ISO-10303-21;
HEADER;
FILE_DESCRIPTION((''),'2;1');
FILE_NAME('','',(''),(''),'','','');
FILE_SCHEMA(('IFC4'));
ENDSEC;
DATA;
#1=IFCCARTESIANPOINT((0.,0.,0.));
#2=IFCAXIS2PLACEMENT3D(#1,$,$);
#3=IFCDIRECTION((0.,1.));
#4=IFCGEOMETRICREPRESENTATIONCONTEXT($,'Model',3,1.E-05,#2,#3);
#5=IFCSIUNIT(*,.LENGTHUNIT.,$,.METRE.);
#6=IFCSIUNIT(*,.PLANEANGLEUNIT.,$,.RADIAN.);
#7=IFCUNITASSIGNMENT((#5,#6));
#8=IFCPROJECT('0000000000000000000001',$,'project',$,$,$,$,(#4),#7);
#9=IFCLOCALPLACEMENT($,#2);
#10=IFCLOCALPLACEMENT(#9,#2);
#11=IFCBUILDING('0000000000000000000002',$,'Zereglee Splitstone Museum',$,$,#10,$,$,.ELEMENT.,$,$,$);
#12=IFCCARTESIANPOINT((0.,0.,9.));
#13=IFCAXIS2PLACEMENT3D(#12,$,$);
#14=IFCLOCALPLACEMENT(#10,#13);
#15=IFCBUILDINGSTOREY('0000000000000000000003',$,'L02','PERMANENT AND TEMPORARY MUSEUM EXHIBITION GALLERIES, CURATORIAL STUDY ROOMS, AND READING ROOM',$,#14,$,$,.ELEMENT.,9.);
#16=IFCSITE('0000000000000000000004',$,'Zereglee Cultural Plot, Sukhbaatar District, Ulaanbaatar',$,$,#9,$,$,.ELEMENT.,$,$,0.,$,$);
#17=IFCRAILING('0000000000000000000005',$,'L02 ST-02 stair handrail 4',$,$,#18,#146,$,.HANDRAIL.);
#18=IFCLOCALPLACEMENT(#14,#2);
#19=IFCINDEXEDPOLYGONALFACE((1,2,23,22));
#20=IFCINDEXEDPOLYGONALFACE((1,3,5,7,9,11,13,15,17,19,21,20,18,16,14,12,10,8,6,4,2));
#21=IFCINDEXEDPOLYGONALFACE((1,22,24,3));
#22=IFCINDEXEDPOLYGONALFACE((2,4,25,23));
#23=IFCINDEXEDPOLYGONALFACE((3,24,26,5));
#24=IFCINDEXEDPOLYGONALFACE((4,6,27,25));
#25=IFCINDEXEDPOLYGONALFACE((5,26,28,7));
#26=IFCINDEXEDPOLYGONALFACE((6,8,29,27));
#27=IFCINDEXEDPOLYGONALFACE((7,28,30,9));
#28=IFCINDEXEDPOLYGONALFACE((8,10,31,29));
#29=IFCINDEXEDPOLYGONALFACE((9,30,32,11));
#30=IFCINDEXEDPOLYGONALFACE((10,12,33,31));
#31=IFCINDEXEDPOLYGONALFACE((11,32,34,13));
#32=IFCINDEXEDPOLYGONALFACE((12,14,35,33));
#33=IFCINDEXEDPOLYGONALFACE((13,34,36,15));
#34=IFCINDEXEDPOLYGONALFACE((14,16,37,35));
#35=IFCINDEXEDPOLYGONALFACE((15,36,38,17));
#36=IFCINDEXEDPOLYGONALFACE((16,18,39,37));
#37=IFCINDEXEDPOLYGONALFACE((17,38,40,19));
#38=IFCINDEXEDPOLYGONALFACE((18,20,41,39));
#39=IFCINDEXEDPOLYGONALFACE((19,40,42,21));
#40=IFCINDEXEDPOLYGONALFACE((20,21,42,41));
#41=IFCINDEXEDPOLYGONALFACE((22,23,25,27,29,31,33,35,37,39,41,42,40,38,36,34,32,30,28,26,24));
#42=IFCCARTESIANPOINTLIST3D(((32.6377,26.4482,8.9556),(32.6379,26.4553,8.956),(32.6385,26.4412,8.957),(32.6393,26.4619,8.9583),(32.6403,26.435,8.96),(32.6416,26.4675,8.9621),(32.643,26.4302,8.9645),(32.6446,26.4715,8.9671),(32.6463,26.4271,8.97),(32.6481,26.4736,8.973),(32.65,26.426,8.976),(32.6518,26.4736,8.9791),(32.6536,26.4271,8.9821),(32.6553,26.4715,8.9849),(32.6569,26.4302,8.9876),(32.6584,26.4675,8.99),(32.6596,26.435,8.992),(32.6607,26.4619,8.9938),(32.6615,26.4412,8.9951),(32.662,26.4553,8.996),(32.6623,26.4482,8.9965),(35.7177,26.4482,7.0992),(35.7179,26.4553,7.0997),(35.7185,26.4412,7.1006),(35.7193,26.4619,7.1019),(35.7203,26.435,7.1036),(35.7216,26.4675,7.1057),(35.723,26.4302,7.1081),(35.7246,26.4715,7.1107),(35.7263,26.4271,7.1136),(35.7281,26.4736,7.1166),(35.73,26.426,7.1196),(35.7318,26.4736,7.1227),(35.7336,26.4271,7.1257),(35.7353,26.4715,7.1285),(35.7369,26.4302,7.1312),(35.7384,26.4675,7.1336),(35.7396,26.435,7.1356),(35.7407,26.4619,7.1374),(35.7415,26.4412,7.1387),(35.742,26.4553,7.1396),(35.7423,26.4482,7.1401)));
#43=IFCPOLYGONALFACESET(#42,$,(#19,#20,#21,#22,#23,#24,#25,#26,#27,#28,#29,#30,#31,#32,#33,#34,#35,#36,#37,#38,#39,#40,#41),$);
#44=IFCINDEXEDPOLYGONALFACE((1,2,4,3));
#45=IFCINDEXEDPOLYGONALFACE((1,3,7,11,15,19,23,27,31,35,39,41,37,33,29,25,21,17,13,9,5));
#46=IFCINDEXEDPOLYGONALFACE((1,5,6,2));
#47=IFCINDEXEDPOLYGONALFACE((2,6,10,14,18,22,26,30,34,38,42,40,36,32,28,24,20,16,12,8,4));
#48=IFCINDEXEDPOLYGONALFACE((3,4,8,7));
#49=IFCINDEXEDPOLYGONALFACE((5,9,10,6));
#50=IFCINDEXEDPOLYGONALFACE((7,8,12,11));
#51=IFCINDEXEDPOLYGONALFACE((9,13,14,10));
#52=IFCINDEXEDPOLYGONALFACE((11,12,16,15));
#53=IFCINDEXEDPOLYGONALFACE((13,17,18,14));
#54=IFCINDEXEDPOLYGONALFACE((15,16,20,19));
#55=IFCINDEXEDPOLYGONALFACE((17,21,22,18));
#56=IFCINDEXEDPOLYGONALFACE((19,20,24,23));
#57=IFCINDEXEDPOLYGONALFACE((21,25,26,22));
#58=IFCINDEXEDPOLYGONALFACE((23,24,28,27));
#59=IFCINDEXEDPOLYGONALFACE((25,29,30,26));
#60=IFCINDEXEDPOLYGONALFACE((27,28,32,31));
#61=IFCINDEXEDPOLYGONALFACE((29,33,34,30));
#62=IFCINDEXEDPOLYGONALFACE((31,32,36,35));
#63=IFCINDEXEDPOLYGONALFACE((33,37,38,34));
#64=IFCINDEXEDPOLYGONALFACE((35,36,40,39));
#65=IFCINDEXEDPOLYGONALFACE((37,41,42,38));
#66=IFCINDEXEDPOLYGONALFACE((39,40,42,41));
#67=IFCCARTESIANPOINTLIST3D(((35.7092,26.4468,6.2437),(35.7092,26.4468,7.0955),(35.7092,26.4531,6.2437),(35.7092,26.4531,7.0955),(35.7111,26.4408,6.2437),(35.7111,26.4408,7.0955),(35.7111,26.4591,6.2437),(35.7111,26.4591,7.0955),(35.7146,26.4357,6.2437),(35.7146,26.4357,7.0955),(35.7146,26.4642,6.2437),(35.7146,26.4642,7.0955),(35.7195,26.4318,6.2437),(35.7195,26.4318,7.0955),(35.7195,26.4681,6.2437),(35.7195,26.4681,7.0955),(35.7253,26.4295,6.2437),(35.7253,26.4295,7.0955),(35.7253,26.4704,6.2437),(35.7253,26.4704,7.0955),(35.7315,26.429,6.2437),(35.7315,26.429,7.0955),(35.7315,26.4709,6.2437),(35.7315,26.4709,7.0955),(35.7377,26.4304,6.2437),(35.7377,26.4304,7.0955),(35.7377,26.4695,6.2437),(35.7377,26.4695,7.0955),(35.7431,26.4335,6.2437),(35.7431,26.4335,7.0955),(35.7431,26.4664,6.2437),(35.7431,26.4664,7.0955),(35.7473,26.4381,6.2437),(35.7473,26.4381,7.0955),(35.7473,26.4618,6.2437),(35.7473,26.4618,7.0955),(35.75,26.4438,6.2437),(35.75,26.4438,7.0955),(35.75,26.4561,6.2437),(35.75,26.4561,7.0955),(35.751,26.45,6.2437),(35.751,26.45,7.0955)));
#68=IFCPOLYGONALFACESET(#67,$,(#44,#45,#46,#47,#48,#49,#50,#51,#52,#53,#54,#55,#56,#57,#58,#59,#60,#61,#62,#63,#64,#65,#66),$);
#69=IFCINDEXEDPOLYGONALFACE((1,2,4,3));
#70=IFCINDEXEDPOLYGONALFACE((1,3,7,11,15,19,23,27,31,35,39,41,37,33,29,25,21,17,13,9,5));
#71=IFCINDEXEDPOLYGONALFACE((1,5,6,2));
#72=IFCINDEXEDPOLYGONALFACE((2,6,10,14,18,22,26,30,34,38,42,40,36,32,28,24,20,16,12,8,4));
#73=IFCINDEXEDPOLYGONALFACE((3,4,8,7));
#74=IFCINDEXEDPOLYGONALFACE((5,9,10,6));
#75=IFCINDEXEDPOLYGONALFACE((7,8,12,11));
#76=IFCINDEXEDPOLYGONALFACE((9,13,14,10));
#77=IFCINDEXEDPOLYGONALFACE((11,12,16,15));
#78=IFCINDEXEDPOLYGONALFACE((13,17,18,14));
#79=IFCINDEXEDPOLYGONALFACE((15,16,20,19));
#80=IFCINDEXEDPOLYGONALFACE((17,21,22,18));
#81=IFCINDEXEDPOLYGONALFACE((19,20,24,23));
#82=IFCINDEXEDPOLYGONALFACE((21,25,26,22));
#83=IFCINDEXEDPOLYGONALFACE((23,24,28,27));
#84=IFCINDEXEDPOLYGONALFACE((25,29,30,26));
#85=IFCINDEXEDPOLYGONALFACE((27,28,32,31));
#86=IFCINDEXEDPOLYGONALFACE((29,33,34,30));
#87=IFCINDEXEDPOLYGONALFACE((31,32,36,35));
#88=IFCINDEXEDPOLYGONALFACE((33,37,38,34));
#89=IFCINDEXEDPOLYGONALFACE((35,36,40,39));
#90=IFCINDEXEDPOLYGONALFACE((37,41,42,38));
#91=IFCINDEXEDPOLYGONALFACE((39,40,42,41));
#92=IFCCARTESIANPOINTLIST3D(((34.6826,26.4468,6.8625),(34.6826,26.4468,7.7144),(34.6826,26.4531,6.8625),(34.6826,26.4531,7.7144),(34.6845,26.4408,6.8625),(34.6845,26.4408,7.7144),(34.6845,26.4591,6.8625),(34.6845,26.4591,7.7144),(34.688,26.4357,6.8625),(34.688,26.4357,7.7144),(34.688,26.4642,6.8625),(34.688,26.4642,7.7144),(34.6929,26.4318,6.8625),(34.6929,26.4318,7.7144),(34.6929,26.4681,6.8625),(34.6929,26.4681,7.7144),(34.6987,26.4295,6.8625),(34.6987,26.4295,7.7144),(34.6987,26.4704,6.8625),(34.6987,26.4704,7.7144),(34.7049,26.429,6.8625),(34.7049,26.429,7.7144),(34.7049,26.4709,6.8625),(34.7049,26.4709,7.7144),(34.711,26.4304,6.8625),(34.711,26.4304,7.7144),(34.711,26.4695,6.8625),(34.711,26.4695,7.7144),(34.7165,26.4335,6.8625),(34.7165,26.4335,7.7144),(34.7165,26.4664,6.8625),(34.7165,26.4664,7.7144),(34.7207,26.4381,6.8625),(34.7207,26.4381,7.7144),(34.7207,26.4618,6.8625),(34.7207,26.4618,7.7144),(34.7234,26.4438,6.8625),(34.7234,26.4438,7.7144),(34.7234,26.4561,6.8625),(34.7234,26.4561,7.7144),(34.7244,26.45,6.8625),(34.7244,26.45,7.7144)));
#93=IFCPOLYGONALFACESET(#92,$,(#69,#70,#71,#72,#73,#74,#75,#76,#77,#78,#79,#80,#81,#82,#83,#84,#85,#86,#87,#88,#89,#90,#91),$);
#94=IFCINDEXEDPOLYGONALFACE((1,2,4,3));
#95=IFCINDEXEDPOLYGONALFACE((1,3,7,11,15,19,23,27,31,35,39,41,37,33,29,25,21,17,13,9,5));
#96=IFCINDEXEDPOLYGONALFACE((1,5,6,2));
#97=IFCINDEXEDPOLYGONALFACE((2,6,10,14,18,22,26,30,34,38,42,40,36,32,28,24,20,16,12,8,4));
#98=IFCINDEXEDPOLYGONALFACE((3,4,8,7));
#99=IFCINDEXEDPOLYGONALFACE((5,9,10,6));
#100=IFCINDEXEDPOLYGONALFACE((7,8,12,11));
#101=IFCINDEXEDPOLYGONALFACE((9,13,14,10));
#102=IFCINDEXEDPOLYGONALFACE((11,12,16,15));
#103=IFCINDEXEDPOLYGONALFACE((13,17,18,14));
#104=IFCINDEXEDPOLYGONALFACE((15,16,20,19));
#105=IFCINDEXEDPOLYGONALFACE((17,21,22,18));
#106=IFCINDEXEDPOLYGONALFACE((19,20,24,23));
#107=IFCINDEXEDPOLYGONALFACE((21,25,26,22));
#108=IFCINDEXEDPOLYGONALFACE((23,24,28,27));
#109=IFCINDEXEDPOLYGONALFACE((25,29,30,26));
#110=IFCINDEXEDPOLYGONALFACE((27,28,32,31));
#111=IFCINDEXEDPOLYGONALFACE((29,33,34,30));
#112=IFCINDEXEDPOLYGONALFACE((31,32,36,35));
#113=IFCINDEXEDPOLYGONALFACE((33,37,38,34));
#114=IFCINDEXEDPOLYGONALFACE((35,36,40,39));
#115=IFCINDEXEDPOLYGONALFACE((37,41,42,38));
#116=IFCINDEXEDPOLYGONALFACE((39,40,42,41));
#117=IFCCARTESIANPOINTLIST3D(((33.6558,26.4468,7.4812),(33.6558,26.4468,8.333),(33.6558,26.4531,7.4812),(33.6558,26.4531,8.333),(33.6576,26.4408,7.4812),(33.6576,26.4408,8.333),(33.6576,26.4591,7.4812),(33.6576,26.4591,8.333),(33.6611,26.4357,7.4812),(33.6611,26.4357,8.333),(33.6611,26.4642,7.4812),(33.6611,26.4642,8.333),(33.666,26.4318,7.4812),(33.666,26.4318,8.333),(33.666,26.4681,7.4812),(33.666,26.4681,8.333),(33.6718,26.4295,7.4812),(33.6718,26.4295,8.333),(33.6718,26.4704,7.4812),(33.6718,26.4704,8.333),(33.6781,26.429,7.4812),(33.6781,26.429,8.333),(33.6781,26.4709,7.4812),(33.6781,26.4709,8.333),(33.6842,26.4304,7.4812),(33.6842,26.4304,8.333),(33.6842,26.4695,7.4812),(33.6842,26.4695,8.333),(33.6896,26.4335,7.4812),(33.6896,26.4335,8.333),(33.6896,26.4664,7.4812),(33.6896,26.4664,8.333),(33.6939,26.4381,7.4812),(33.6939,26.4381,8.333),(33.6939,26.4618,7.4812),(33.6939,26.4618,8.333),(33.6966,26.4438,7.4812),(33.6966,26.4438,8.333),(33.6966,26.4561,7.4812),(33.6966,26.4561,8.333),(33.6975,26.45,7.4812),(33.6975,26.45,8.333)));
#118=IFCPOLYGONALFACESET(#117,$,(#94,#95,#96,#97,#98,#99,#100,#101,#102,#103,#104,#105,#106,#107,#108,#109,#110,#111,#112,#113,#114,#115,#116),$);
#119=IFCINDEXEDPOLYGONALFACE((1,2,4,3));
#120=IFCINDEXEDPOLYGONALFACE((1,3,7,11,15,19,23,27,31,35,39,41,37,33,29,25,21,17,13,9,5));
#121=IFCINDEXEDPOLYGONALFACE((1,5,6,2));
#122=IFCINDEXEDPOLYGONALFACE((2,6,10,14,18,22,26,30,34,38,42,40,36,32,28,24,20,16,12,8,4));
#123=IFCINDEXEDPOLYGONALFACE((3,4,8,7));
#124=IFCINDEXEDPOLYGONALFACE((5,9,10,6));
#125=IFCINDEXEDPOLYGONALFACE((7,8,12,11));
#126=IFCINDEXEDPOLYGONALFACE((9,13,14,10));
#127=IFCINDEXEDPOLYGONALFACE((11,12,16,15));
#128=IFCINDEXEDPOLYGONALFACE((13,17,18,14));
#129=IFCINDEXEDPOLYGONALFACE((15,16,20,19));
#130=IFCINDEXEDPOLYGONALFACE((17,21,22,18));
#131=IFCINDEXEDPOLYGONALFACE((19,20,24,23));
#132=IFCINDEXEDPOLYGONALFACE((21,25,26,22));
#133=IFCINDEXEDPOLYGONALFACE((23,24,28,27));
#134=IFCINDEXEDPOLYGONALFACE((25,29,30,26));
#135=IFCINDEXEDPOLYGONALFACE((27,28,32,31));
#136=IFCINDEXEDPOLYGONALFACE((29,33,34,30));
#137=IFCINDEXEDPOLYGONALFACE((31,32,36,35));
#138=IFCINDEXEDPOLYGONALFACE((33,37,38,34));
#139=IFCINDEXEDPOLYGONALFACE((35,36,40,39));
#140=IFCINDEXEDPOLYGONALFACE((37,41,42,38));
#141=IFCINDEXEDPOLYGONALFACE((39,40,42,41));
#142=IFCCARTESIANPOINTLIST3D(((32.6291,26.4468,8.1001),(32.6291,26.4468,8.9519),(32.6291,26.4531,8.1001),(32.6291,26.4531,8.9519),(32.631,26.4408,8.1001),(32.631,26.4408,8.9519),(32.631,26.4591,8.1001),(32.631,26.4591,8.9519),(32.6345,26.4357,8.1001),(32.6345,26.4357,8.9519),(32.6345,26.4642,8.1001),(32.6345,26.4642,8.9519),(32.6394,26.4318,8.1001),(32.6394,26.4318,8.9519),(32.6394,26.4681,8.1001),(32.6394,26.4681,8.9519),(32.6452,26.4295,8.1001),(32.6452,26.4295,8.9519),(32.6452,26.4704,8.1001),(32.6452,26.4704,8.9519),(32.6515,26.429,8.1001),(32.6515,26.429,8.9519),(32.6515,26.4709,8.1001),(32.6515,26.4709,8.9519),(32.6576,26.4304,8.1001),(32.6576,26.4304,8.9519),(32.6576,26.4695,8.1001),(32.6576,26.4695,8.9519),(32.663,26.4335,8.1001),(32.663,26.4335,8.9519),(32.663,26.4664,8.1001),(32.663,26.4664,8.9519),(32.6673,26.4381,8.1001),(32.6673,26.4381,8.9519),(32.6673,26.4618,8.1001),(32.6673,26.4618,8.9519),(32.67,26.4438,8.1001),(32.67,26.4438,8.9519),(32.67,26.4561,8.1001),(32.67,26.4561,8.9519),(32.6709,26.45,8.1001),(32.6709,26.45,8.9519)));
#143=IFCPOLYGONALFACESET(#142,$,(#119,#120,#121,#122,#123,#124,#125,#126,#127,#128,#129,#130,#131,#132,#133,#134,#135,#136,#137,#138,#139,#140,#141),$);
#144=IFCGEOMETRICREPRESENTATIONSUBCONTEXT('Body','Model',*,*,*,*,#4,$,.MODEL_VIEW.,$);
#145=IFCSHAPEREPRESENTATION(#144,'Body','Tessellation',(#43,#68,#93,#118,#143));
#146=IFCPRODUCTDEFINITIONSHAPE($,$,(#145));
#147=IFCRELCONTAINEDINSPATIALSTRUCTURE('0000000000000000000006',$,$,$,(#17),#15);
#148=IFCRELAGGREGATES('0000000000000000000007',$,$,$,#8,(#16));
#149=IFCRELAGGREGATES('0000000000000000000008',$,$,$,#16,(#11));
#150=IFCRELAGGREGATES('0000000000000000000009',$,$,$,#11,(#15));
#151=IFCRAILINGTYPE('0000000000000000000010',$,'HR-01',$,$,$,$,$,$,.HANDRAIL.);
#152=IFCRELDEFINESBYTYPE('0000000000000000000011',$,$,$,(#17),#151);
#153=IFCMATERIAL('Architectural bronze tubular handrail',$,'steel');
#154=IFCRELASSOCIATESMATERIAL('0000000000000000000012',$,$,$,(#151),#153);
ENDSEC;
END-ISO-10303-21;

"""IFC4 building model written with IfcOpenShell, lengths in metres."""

from ifc_helpers import new_model, si_unit, direction, frame, origin, origin_2d, place, context, subcontext, project, spatial, circle, extrude, material, type_object, element, save


model = new_model("IFC4")

# Units and contexts
model_context = context("Model", 3, precision=1e-05, world=origin(), true_north=direction((0.0, 1.0)))
body_context = subcontext(model_context, "Body", "Model", "MODEL_VIEW")
ifc_project = project(units=[si_unit("LENGTHUNIT", "METRE"), si_unit("PLANEANGLEUNIT", "RADIAN")], contexts=[model_context])

# Site, building, storey
site_placement = place(None, origin())
site = spatial("IfcSite", under=ifc_project, at=site_placement, Name="Zereglee Cultural Plot, Sukhbaatar District, Ulaanbaatar", CompositionType="ELEMENT", RefElevation=0.0)
building_placement = place(site_placement, origin())
building = spatial("IfcBuilding", under=site, at=building_placement, Name="Zereglee Splitstone Museum", CompositionType="ELEMENT")
storey_placement = place(building_placement, frame((0.0, 0.0, 9.0)))
storey = spatial("IfcBuildingStorey", under=building, at=storey_placement, Name="L02", Description="PERMANENT AND TEMPORARY MUSEUM EXHIBITION GALLERIES, CURATORIAL STUDY ROOMS, AND READING ROOM", CompositionType="ELEMENT", Elevation=9.0)

# Railing
ifc_material_1 = material(Name="Architectural bronze tubular handrail", Category="steel")
railing_type_1 = type_object("IfcRailingType", Name="HR-01", PredefinedType="HANDRAIL", material=ifc_material_1)
railing_1_placement = place(storey_placement, frame((35.73, 26.45, 6.2437)))
element("IfcRailing", 1, at=railing_1_placement, inside=storey, type_object=railing_type_1, Name="L02 ST-02 stair handrail 4", PredefinedType="HANDRAIL", context=body_context, shape_type="SweptSolid", body=[
    extrude(circle(Radius=0.0239, at=origin_2d()), frame((0.0, 0.0, 0.876), z_axis=(-0.856461, 0.0, 0.516212), x_axis=(0.0, -1.0, 0.0)), (0.0, 0.0, 1.0), 3.5962),
    extrude(circle(Radius=0.021, at=origin_2d()), origin(), (0.0, 0.0, 1.0), 0.8518),
    extrude(circle(Radius=0.021, at=origin_2d()), frame((-1.0266, 0.0, 0.6189)), (0.0, 0.0, 1.0), 0.8518),
    extrude(circle(Radius=0.021, at=origin_2d()), frame((-2.0535, 0.0, 1.2375)), (0.0, 0.0, 1.0), 0.8518),
    extrude(circle(Radius=0.021, at=origin_2d()), frame((-3.0801, 0.0, 1.8564)), (0.0, 0.0, 1.0), 0.8518),
])

save(model, "model.ifc")
